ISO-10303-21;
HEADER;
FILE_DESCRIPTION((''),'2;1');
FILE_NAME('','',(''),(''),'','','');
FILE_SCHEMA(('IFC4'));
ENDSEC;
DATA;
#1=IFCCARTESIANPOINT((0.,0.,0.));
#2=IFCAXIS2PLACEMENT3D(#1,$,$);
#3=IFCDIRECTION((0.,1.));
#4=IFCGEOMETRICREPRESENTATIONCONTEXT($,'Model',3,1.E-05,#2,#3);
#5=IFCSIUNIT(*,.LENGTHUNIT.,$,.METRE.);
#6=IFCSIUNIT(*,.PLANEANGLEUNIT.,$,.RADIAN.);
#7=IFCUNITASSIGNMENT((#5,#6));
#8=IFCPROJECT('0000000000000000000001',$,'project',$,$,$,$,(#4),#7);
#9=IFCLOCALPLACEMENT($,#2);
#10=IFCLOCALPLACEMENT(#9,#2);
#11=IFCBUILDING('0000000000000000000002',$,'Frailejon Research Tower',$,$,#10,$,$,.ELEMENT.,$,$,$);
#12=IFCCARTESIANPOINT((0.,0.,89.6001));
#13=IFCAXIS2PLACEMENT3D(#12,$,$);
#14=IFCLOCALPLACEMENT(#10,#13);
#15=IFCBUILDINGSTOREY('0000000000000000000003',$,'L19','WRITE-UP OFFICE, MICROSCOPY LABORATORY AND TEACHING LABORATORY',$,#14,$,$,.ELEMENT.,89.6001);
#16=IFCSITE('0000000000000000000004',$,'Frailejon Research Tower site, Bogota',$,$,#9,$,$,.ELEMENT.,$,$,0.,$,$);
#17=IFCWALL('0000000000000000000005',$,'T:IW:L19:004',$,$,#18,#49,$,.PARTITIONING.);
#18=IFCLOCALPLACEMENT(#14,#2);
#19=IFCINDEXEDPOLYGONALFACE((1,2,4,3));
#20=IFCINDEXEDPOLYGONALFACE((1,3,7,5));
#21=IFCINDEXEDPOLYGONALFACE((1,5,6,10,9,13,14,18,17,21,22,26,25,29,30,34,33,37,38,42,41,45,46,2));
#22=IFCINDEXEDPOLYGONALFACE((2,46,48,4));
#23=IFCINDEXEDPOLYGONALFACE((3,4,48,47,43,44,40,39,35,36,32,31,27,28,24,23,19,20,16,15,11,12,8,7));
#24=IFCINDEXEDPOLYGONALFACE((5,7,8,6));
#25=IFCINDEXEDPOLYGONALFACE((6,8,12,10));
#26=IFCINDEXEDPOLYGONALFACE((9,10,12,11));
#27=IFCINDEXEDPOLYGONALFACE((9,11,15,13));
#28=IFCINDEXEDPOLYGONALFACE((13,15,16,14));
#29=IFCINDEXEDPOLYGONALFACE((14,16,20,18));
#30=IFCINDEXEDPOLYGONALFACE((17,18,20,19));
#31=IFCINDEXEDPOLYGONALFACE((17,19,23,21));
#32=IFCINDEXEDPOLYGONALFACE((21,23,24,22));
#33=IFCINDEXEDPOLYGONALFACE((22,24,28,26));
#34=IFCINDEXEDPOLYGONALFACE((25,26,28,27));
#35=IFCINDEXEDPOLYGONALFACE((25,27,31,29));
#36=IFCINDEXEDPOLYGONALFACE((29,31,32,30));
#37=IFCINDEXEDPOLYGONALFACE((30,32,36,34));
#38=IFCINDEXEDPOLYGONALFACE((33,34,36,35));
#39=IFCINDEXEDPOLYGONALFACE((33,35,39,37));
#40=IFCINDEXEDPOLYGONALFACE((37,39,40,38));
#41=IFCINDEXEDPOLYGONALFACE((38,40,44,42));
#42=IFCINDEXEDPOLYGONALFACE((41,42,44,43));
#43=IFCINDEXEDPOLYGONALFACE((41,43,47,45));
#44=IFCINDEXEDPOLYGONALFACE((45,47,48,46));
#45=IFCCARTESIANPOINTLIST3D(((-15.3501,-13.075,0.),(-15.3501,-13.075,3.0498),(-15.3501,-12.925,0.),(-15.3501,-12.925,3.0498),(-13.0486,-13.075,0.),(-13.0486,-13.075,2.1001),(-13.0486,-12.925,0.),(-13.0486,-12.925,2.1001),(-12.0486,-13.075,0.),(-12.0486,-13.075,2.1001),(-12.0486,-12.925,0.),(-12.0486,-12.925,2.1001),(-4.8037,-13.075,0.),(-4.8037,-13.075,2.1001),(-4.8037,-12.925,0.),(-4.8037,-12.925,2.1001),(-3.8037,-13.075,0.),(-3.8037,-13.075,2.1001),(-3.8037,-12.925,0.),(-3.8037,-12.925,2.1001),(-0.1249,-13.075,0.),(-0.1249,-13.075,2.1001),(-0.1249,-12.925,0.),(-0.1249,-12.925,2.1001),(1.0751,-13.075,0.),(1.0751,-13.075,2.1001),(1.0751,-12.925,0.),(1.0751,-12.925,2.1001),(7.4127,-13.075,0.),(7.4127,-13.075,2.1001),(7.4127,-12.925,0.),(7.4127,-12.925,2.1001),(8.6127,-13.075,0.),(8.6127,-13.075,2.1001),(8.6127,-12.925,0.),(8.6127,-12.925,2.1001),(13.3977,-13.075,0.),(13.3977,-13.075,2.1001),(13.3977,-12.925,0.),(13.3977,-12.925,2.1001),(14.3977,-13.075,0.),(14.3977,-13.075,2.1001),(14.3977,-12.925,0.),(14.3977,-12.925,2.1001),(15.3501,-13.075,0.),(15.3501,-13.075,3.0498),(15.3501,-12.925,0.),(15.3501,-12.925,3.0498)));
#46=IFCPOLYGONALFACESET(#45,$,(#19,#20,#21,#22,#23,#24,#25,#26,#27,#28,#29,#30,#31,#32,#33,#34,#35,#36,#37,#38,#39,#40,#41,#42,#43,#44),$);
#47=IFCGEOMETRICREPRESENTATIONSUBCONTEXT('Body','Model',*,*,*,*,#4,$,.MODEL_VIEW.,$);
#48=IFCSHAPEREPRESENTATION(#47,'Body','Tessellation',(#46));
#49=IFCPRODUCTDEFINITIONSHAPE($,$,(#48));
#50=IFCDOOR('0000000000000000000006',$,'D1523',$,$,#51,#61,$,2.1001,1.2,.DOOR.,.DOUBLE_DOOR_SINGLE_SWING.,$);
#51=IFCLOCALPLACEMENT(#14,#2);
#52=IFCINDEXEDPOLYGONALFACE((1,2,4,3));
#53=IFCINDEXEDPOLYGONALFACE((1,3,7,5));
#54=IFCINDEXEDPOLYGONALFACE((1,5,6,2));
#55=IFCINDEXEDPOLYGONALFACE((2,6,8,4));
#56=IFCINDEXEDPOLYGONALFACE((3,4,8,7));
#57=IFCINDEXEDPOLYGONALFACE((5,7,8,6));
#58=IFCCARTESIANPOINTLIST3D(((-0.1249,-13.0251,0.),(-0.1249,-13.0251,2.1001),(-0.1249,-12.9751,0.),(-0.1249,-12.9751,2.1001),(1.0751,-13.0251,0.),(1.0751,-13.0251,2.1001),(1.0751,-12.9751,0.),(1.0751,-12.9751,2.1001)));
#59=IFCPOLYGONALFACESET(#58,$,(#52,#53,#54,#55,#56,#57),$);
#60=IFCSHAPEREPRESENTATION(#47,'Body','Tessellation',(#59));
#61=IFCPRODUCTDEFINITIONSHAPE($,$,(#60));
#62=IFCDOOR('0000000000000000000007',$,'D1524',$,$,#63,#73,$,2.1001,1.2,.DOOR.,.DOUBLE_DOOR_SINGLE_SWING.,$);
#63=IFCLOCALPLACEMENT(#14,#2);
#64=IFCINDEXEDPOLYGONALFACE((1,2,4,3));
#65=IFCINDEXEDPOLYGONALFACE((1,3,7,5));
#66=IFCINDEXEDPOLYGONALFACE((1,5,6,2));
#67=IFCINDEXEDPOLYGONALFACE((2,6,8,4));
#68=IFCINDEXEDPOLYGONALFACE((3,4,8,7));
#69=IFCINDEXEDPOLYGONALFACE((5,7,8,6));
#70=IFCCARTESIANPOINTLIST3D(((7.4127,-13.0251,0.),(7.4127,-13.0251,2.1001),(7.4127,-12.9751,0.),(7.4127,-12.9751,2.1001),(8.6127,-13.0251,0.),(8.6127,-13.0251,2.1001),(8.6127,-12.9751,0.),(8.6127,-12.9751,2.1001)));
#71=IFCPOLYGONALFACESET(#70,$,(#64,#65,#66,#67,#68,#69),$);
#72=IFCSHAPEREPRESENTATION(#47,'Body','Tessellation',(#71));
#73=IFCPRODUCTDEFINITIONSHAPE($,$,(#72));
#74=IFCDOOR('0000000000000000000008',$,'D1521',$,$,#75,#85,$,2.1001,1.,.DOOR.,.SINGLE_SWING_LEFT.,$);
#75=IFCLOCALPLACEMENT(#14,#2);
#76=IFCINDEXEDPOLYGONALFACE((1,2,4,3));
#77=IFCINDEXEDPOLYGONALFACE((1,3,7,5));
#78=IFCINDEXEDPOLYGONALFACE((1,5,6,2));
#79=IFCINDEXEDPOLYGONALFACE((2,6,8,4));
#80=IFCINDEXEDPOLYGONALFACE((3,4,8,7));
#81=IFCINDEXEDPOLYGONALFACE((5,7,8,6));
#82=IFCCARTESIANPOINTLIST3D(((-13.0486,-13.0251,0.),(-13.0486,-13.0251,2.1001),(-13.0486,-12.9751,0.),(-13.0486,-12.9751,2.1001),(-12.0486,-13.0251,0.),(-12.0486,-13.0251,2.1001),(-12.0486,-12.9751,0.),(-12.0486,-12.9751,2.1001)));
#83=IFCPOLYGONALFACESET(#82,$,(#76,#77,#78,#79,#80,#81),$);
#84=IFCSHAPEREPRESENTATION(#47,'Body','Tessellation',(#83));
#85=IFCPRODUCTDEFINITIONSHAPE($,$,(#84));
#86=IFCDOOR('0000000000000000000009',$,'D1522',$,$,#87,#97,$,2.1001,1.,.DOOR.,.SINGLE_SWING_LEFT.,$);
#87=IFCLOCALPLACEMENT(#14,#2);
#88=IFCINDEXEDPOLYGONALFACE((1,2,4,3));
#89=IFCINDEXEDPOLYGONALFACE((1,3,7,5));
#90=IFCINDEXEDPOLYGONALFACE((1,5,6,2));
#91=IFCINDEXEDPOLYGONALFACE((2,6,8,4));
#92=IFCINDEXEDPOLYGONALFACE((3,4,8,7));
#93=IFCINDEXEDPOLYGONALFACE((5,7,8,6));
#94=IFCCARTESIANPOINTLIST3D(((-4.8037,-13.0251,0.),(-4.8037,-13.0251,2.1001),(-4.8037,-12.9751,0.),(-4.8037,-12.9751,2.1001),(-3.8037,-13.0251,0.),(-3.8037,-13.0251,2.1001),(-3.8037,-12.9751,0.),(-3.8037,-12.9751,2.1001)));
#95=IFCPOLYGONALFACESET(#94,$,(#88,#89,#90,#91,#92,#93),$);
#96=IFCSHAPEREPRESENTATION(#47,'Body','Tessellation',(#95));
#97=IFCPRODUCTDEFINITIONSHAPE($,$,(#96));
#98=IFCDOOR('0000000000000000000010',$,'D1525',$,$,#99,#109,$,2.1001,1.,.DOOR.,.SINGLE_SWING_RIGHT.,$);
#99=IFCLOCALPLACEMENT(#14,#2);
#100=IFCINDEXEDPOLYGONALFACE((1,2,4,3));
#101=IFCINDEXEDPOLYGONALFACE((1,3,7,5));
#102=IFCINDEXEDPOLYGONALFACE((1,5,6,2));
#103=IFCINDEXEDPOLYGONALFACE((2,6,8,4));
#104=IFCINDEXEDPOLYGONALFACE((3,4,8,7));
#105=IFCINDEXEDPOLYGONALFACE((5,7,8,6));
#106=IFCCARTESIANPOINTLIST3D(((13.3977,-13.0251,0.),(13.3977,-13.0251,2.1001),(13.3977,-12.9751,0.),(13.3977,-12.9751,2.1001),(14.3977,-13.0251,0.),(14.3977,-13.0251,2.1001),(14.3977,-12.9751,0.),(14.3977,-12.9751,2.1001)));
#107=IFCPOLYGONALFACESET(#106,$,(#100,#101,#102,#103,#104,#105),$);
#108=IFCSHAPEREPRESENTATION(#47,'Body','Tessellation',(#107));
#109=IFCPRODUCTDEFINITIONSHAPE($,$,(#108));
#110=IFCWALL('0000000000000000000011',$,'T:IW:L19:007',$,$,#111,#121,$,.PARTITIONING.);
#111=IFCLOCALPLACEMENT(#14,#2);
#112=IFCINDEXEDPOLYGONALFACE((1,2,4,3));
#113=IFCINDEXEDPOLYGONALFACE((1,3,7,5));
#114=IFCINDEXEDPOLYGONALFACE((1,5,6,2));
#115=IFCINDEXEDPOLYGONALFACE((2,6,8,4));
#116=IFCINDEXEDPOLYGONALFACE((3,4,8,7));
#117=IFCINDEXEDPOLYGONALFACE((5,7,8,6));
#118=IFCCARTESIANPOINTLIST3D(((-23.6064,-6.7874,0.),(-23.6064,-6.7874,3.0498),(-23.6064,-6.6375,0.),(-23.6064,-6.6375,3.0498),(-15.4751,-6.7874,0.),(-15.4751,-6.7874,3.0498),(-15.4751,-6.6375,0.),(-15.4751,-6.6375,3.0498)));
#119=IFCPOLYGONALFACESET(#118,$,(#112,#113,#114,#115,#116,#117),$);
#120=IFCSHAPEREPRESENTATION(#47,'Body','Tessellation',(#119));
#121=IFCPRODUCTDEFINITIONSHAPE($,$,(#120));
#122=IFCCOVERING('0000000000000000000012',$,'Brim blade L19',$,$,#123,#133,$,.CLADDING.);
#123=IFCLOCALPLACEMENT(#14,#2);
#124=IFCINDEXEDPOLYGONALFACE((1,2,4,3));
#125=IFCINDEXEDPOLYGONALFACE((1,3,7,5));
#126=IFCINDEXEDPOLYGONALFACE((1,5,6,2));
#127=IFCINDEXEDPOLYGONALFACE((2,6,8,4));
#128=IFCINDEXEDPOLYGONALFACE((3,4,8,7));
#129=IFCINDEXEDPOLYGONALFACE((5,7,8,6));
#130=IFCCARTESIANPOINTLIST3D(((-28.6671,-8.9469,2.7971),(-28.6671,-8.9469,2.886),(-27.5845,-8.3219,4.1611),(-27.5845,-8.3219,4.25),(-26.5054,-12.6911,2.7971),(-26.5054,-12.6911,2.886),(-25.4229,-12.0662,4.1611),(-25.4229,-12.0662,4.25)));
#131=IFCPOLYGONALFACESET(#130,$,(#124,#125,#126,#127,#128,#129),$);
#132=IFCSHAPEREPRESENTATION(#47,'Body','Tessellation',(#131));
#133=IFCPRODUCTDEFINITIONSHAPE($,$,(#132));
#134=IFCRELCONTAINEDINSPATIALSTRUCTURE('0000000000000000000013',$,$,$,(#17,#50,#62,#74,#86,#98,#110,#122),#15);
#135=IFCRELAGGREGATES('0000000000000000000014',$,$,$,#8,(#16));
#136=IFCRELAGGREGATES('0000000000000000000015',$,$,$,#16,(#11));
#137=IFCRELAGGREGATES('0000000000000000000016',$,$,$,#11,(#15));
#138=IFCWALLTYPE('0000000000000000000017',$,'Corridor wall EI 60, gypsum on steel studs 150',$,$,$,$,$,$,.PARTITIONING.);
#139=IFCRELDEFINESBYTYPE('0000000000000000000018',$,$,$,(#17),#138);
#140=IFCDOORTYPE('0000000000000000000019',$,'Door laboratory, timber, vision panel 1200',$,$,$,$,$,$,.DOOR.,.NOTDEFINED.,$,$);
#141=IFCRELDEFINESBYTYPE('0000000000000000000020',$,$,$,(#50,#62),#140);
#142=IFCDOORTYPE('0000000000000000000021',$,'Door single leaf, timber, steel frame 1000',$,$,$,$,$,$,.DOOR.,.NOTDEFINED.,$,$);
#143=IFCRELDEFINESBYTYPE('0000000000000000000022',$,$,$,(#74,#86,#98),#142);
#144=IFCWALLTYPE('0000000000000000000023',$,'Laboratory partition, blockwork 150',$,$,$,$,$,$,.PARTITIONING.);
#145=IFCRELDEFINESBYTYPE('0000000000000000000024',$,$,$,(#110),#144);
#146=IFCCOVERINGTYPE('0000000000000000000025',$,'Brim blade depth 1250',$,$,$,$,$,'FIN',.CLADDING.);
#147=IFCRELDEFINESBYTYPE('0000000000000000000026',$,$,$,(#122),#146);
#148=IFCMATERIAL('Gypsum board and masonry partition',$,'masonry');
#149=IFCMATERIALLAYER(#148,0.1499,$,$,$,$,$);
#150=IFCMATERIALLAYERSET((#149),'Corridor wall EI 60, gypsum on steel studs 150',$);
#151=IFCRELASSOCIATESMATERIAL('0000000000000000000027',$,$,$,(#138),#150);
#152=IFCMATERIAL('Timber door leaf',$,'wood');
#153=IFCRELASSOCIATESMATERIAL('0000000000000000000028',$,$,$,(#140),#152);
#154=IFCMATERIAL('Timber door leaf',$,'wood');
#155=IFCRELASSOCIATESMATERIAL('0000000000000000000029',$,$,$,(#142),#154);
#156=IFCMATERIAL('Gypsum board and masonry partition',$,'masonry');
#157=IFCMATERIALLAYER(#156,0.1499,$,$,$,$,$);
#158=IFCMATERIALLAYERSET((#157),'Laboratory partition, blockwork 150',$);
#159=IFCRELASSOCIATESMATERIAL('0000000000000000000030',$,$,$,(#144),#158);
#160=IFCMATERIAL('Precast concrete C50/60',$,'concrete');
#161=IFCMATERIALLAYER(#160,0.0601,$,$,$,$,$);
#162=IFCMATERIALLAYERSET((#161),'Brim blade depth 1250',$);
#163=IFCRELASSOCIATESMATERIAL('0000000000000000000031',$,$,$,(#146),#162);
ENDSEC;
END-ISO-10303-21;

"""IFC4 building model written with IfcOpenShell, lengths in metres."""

from ifc_helpers import new_model, si_unit, direction, frame, frame_2d, origin, place, context, subcontext, project, spatial, polyline, rectangle, outline, extrude, material, layer, layer_set, type_object, element, fill, save


model = new_model("IFC4")

# Units and contexts
model_context = context("Model", 3, precision=1e-05, world=origin(), true_north=direction((0.0, 1.0)))
body_context = subcontext(model_context, "Body", "Model", "MODEL_VIEW")
ifc_project = project(units=[si_unit("LENGTHUNIT", "METRE"), si_unit("PLANEANGLEUNIT", "RADIAN")], contexts=[model_context])

# Site, building, storey
site_placement = place(None, origin())
site = spatial("IfcSite", under=ifc_project, at=site_placement, Name="Frailejon Research Tower site, Bogota", CompositionType="ELEMENT", RefElevation=0.0)
building_placement = place(site_placement, origin())
building = spatial("IfcBuilding", under=site, at=building_placement, Name="Frailejon Research Tower", CompositionType="ELEMENT")
storey_placement = place(building_placement, frame((0.0, 0.0, 89.6001)))
storey = spatial("IfcBuildingStorey", under=building, at=storey_placement, Name="L19", Description="WRITE-UP OFFICE, MICROSCOPY LABORATORY AND TEACHING LABORATORY", CompositionType="ELEMENT", Elevation=89.6001)

# Wall, openings, doors
ifc_material_1 = material(Name="Gypsum board and masonry partition", Category="masonry")
ifc_layer_1 = layer(ifc_material_1, 0.1499)
ifc_layer_set_1 = layer_set([ifc_layer_1], Name="Corridor wall EI 60, gypsum on steel studs 150")
wall_type_1 = type_object("IfcWallType", Name="Corridor wall EI 60, gypsum on steel studs 150", PredefinedType="PARTITIONING", material=ifc_layer_set_1)
ifc_material_2 = material(Name="Timber door leaf", Category="wood")
door_type_1 = type_object("IfcDoorType", Name="Door laboratory, timber, vision panel 1200", OperationType="NOTDEFINED", PredefinedType="DOOR", material=ifc_material_2)
wall_1_placement = place(storey_placement, frame((-15.3501, -13.0, 0.0), z_axis=(0.0, 0.0, 1.0), x_axis=(1.0, 0.0, 0.0)))
wall_1 = element("IfcWall", 1, at=wall_1_placement, inside=storey, type_object=wall_type_1, Name="T:IW:L19:004", PredefinedType="PARTITIONING", context=body_context, shape_type="SweptSolid", body=[
    extrude(rectangle(XDim=30.7002, YDim=0.1499, at=frame_2d((15.3501, 0.0))), origin(), (0.0, 0.0, 1.0), 3.0498),
])
opening_1_placement = place(wall_1_placement, frame((2.3015, 0.0, 0.0)))
opening_1 = element("IfcOpeningElement", 2, at=opening_1_placement, cuts=wall_1, PredefinedType="OPENING", context=body_context, shape_type="SweptSolid", body=[
    extrude(rectangle(XDim=1.0, YDim=2.1001, at=frame_2d((0.5, 1.05))), frame((0.0, 0.085, 0.0), z_axis=(0.0, -1.0, 0.0), x_axis=(1.0, 0.0, 0.0)), (0.0, 0.0, 1.0), 0.1699),
])
opening_2_placement = place(wall_1_placement, frame((10.5464, 0.0, 0.0)))
opening_2 = element("IfcOpeningElement", 3, at=opening_2_placement, cuts=wall_1, PredefinedType="OPENING", context=body_context, shape_type="SweptSolid", body=[
    extrude(rectangle(XDim=1.0, YDim=2.1001, at=frame_2d((0.5, 1.05))), frame((0.0, 0.085, 0.0), z_axis=(0.0, -1.0, 0.0), x_axis=(1.0, 0.0, 0.0)), (0.0, 0.0, 1.0), 0.1699),
])
opening_3_placement = place(wall_1_placement, frame((15.2251, 0.0, 0.0)))
opening_3 = element("IfcOpeningElement", 4, at=opening_3_placement, cuts=wall_1, PredefinedType="OPENING", context=body_context, shape_type="SweptSolid", body=[
    extrude(rectangle(XDim=1.2, YDim=2.1001, at=frame_2d((0.6001, 1.05))), frame((0.0, 0.085, 0.0), z_axis=(0.0, -1.0, 0.0), x_axis=(1.0, 0.0, 0.0)), (0.0, 0.0, 1.0), 0.1699),
])
opening_4_placement = place(wall_1_placement, frame((22.7627, 0.0, 0.0)))
opening_4 = element("IfcOpeningElement", 5, at=opening_4_placement, cuts=wall_1, PredefinedType="OPENING", context=body_context, shape_type="SweptSolid", body=[
    extrude(rectangle(XDim=1.2, YDim=2.1001, at=frame_2d((0.6001, 1.05))), frame((0.0, 0.085, 0.0), z_axis=(0.0, -1.0, 0.0), x_axis=(1.0, 0.0, 0.0)), (0.0, 0.0, 1.0), 0.1699),
])
opening_5_placement = place(wall_1_placement, frame((28.7478, 0.0, 0.0)))
opening_5 = element("IfcOpeningElement", 6, at=opening_5_placement, cuts=wall_1, PredefinedType="OPENING", context=body_context, shape_type="SweptSolid", body=[
    extrude(rectangle(XDim=1.0, YDim=2.1001, at=frame_2d((0.5, 1.05))), frame((0.0, 0.085, 0.0), z_axis=(0.0, -1.0, 0.0), x_axis=(1.0, 0.0, 0.0)), (0.0, 0.0, 1.0), 0.1699),
])
door_1_placement = place(opening_3_placement, origin())
door_1 = element("IfcDoor", 7, at=door_1_placement, inside=storey, type_object=door_type_1, Name="D1523", OperationType="DOUBLE_DOOR_SINGLE_SWING", OverallHeight=2.1001, OverallWidth=1.2, PredefinedType="DOOR", context=body_context, shape_type="SweptSolid", body=[
    extrude(rectangle(XDim=1.2, YDim=2.1001, at=frame_2d((0.6001, 1.05))), frame((0.0, 0.0249, 0.0), z_axis=(0.0, -1.0, 0.0), x_axis=(1.0, 0.0, 0.0)), (0.0, 0.0, 1.0), 0.05),
])
fill(opening_3, door_1)
door_2_placement = place(opening_4_placement, origin())
door_2 = element("IfcDoor", 8, at=door_2_placement, inside=storey, type_object=door_type_1, Name="D1524", OperationType="DOUBLE_DOOR_SINGLE_SWING", OverallHeight=2.1001, OverallWidth=1.2, PredefinedType="DOOR", context=body_context, shape_type="SweptSolid", body=[
    extrude(rectangle(XDim=1.2, YDim=2.1001, at=frame_2d((0.6001, 1.05))), frame((0.0, 0.0249, 0.0), z_axis=(0.0, -1.0, 0.0), x_axis=(1.0, 0.0, 0.0)), (0.0, 0.0, 1.0), 0.05),
])
fill(opening_4, door_2)
ifc_material_3 = material(Name="Timber door leaf", Category="wood")
door_type_2 = type_object("IfcDoorType", Name="Door single leaf, timber, steel frame 1000", OperationType="NOTDEFINED", PredefinedType="DOOR", material=ifc_material_3)
door_3_placement = place(opening_1_placement, origin())
door_3 = element("IfcDoor", 9, at=door_3_placement, inside=storey, type_object=door_type_2, Name="D1521", OperationType="SINGLE_SWING_LEFT", OverallHeight=2.1001, OverallWidth=1.0, PredefinedType="DOOR", context=body_context, shape_type="SweptSolid", body=[
    extrude(rectangle(XDim=1.0, YDim=2.1001, at=frame_2d((0.5, 1.05))), frame((0.0, 0.0249, 0.0), z_axis=(0.0, -1.0, 0.0), x_axis=(1.0, 0.0, 0.0)), (0.0, 0.0, 1.0), 0.05),
])
fill(opening_1, door_3)
door_4_placement = place(opening_2_placement, origin())
door_4 = element("IfcDoor", 10, at=door_4_placement, inside=storey, type_object=door_type_2, Name="D1522", OperationType="SINGLE_SWING_LEFT", OverallHeight=2.1001, OverallWidth=1.0, PredefinedType="DOOR", context=body_context, shape_type="SweptSolid", body=[
    extrude(rectangle(XDim=1.0, YDim=2.1001, at=frame_2d((0.5, 1.05))), frame((0.0, 0.0249, 0.0), z_axis=(0.0, -1.0, 0.0), x_axis=(1.0, 0.0, 0.0)), (0.0, 0.0, 1.0), 0.05),
])
fill(opening_2, door_4)
door_5_placement = place(opening_5_placement, origin())
door_5 = element("IfcDoor", 11, at=door_5_placement, inside=storey, type_object=door_type_2, Name="D1525", OperationType="SINGLE_SWING_RIGHT", OverallHeight=2.1001, OverallWidth=1.0, PredefinedType="DOOR", context=body_context, shape_type="SweptSolid", body=[
    extrude(rectangle(XDim=1.0, YDim=2.1001, at=frame_2d((0.5, 1.05))), frame((0.0, 0.0249, 0.0), z_axis=(0.0, -1.0, 0.0), x_axis=(1.0, 0.0, 0.0)), (0.0, 0.0, 1.0), 0.05),
])
fill(opening_5, door_5)

# Wall
ifc_material_4 = material(Name="Gypsum board and masonry partition", Category="masonry")
ifc_layer_2 = layer(ifc_material_4, 0.1499)
ifc_layer_set_2 = layer_set([ifc_layer_2], Name="Laboratory partition, blockwork 150")
wall_type_2 = type_object("IfcWallType", Name="Laboratory partition, blockwork 150", PredefinedType="PARTITIONING", material=ifc_layer_set_2)
wall_2_placement = place(storey_placement, frame((-23.6064, -6.7124, 0.0), z_axis=(0.0, 0.0, 1.0), x_axis=(1.0, 0.0, 0.0)))
element("IfcWall", 12, at=wall_2_placement, inside=storey, type_object=wall_type_2, Name="T:IW:L19:007", PredefinedType="PARTITIONING", context=body_context, shape_type="SweptSolid", body=[
    extrude(rectangle(XDim=8.1313, YDim=0.1499, at=frame_2d((4.0657, 0.0))), origin(), (0.0, 0.0, 1.0), 3.0498),
])

# Covering
ifc_material_5 = material(Name="Precast concrete C50/60", Category="concrete")
ifc_layer_3 = layer(ifc_material_5, 0.0601)
ifc_layer_set_3 = layer_set([ifc_layer_3], Name="Brim blade depth 1250")
covering_type = type_object("IfcCoveringType", Name="Brim blade depth 1250", ElementType="FIN", PredefinedType="CLADDING", material=ifc_layer_set_3)
covering_placement = place(storey_placement, frame((-25.4229, -12.0662, 4.25), z_axis=(-0.499988, 0.866032, 0.0), x_axis=(-0.866032, -0.499988, 0.0)))
element("IfcCovering", 13, at=covering_placement, inside=storey, type_object=covering_type, Name="Brim blade L19", PredefinedType="CLADDING", context=body_context, shape_type="SweptSolid", body=[
    extrude(outline(polyline([(0.0, -0.0889), (1.25, -1.4529), (1.25, -1.364), (0.0, 0.0), (0.0, -0.0889)])), origin(), (0.0, 0.0, 1.0), 4.3235),
])

save(model, "model.ifc")
